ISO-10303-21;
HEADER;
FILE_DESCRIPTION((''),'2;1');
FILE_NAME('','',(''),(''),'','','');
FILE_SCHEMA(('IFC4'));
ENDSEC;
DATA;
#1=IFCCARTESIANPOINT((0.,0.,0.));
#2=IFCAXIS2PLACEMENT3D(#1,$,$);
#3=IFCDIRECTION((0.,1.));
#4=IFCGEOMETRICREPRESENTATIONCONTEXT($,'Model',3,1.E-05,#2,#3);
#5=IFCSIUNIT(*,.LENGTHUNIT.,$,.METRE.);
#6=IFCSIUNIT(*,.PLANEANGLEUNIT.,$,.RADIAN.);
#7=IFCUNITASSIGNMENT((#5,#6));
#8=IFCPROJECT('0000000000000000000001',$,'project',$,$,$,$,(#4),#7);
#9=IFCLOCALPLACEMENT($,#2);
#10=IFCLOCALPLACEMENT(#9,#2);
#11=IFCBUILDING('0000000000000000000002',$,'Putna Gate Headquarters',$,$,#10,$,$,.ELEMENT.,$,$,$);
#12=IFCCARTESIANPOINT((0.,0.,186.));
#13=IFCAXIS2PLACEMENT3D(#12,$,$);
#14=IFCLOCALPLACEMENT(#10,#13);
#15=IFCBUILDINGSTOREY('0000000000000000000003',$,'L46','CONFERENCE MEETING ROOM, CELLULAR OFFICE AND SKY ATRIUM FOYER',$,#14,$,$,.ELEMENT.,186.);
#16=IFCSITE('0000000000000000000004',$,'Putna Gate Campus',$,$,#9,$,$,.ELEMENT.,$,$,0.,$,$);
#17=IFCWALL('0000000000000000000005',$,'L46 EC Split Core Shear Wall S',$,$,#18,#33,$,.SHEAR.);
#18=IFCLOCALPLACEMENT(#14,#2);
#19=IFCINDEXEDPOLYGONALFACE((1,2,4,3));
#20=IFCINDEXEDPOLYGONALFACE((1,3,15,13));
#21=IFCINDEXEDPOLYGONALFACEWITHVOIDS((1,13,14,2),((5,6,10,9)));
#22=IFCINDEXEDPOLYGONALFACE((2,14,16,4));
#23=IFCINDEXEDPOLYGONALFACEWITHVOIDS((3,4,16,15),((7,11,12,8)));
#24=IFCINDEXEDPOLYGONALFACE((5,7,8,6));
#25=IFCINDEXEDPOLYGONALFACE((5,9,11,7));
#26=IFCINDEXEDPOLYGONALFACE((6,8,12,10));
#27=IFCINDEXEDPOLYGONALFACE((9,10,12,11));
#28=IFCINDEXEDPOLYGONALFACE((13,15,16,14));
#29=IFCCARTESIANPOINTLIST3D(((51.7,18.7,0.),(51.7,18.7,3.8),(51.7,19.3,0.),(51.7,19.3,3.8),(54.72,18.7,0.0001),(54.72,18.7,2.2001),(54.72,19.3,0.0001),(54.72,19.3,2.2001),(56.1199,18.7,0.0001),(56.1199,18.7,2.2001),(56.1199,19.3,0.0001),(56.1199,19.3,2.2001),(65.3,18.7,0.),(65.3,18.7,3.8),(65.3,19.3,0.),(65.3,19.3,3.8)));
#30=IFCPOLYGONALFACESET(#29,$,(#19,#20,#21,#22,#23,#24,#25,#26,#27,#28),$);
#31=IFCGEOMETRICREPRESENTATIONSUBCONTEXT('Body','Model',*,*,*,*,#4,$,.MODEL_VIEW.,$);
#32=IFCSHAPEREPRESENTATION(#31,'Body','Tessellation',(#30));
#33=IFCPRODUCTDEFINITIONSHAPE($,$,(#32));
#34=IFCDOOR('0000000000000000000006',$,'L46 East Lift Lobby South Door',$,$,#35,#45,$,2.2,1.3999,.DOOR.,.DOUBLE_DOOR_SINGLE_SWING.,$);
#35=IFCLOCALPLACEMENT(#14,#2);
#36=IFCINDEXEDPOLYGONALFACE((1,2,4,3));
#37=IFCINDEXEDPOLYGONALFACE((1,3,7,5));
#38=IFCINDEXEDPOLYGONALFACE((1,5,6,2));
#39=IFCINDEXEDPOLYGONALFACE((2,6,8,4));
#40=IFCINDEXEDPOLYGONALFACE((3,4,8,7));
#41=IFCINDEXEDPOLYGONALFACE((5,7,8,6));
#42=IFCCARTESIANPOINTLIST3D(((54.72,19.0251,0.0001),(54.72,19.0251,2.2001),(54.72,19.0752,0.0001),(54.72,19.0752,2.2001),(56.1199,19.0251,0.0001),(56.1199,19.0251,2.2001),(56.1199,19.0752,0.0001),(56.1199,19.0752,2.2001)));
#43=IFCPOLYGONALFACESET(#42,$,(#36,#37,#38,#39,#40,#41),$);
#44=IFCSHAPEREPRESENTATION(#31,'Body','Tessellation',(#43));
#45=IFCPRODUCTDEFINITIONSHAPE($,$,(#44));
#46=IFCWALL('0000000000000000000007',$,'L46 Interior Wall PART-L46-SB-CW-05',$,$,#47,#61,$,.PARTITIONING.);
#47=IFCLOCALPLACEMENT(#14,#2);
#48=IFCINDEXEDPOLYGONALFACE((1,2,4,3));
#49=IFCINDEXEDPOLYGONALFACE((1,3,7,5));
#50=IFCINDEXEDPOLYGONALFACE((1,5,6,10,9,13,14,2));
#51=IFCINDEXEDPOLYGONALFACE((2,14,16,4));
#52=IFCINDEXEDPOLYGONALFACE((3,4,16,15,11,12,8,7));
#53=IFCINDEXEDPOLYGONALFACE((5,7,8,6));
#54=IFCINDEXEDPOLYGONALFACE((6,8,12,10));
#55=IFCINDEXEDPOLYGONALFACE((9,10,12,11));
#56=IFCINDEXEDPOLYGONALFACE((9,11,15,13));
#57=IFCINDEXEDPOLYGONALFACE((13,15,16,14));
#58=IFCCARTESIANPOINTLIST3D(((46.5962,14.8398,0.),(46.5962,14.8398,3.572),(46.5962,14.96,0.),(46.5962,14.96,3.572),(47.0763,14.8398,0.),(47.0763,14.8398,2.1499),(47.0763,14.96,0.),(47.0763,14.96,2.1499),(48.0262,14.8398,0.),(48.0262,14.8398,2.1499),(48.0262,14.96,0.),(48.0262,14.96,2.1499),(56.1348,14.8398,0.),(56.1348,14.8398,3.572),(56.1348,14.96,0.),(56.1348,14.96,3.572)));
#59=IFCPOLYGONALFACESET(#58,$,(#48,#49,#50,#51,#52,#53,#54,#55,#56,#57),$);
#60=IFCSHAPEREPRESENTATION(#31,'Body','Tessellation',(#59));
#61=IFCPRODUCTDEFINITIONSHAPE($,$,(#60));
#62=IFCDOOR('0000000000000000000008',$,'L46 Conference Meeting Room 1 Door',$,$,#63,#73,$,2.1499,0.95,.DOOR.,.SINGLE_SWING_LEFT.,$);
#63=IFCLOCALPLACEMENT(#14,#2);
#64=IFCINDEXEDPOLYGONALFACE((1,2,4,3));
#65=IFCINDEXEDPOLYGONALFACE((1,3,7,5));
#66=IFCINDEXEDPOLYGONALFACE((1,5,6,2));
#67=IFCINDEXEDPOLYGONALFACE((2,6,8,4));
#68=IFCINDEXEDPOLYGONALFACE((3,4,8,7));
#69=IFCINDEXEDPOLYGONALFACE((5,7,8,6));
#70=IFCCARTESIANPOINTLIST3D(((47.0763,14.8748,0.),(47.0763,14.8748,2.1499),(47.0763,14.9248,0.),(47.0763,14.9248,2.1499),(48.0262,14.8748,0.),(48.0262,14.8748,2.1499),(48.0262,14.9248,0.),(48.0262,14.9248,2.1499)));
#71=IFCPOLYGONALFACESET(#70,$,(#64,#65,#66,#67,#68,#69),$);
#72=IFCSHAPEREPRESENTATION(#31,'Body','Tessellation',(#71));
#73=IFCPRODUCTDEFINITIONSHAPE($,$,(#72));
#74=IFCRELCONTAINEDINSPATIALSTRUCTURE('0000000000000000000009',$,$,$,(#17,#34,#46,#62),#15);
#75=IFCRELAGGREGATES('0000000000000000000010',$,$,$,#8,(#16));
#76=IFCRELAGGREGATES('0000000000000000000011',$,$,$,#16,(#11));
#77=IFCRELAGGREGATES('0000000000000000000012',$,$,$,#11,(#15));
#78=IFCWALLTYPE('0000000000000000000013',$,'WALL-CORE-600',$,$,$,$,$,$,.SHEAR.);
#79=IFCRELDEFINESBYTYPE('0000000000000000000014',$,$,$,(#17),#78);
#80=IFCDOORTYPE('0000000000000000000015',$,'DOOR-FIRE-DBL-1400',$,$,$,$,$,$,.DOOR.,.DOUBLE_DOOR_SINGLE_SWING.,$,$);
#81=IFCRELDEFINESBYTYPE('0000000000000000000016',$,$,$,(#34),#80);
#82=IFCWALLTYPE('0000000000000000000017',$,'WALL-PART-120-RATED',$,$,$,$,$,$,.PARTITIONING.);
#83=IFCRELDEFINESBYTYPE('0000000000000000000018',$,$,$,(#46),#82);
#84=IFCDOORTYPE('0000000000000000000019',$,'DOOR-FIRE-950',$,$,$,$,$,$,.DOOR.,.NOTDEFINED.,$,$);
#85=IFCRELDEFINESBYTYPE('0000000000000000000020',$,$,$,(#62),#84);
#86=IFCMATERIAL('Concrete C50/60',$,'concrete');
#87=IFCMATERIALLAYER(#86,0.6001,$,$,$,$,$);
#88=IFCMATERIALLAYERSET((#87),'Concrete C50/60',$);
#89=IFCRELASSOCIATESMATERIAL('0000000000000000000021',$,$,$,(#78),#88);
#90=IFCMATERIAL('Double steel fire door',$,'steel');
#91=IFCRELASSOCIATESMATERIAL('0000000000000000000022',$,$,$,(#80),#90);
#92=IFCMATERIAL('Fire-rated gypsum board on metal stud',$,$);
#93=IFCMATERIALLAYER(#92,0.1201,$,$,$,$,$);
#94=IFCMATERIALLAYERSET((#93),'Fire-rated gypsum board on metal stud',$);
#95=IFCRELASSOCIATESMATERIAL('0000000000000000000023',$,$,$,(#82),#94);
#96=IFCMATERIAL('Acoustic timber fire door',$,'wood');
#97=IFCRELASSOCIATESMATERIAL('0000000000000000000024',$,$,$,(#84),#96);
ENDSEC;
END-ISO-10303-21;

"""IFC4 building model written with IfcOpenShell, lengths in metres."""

from ifc_helpers import new_model, si_unit, direction, frame, frame_2d, origin, place, context, subcontext, project, spatial, rectangle, extrude, material, layer, layer_set, type_object, element, fill, save


model = new_model("IFC4")

# Units and contexts
model_context = context("Model", 3, precision=1e-05, world=origin(), true_north=direction((0.0, 1.0)))
body_context = subcontext(model_context, "Body", "Model", "MODEL_VIEW")
ifc_project = project(units=[si_unit("LENGTHUNIT", "METRE"), si_unit("PLANEANGLEUNIT", "RADIAN")], contexts=[model_context])

# Site, building, storey
site_placement = place(None, origin())
site = spatial("IfcSite", under=ifc_project, at=site_placement, Name="Putna Gate Campus", CompositionType="ELEMENT", RefElevation=0.0)
building_placement = place(site_placement, origin())
building = spatial("IfcBuilding", under=site, at=building_placement, Name="Putna Gate Headquarters", CompositionType="ELEMENT")
storey_placement = place(building_placement, frame((0.0, 0.0, 186.0)))
storey = spatial("IfcBuildingStorey", under=building, at=storey_placement, Name="L46", Description="CONFERENCE MEETING ROOM, CELLULAR OFFICE AND SKY ATRIUM FOYER", CompositionType="ELEMENT", Elevation=186.0)

# Shared definitions
ifc_material_1 = material(Name="Concrete C50/60", Category="concrete")

# Walls, openings, doors
ifc_layer_1 = layer(ifc_material_1, 0.6001)
ifc_layer_set_1 = layer_set([ifc_layer_1], Name="Concrete C50/60")
wall_type_1 = type_object("IfcWallType", Name="WALL-CORE-600", PredefinedType="SHEAR", material=ifc_layer_set_1)
wall_1_placement = place(storey_placement, frame((51.7, 19.0, 0.0), z_axis=(0.0, 0.0, 1.0), x_axis=(1.0, 0.0, 0.0)))
wall_1 = element("IfcWall", 1, at=wall_1_placement, inside=storey, type_object=wall_type_1, Name="L46 EC Split Core Shear Wall S", PredefinedType="SHEAR", context=body_context, shape_type="SweptSolid", body=[
    extrude(rectangle(XDim=13.6001, YDim=0.6001, at=frame_2d((6.8, 0.0))), origin(), (0.0, 0.0, 1.0), 3.8),
])
opening_1_placement = place(wall_1_placement, frame((3.02, 0.0, 0.0)))
opening_1 = element("IfcOpeningElement", 2, at=opening_1_placement, cuts=wall_1, PredefinedType="OPENING", context=body_context, shape_type="SweptSolid", body=[
    extrude(rectangle(XDim=1.3999, YDim=2.2, at=frame_2d((0.7, 1.1001))), frame((0.0, 0.3101, 0.0), z_axis=(0.0, -1.0, 0.0), x_axis=(1.0, 0.0, 0.0)), (0.0, 0.0, 1.0), 0.6201),
])
ifc_material_2 = material(Name="Double steel fire door", Category="steel")
door_type_1 = type_object("IfcDoorType", Name="DOOR-FIRE-DBL-1400", OperationType="DOUBLE_DOOR_SINGLE_SWING", PredefinedType="DOOR", material=ifc_material_2)
door_1_placement = place(opening_1_placement, origin())
door_1 = element("IfcDoor", 3, at=door_1_placement, inside=storey, type_object=door_type_1, Name="L46 East Lift Lobby South Door", OperationType="DOUBLE_DOOR_SINGLE_SWING", OverallHeight=2.2, OverallWidth=1.3999, PredefinedType="DOOR", context=body_context, shape_type="SweptSolid", body=[
    extrude(rectangle(XDim=1.3999, YDim=2.2, at=frame_2d((0.7, 1.1001))), frame((0.0, 0.0752, 0.0), z_axis=(0.0, -1.0, 0.0), x_axis=(1.0, 0.0, 0.0)), (0.0, 0.0, 1.0), 0.05),
])
fill(opening_1, door_1)
ifc_material_3 = material(Name="Fire-rated gypsum board on metal stud")
ifc_layer_2 = layer(ifc_material_3, 0.1201)
ifc_layer_set_2 = layer_set([ifc_layer_2], Name="Fire-rated gypsum board on metal stud")
wall_type_2 = type_object("IfcWallType", Name="WALL-PART-120-RATED", PredefinedType="PARTITIONING", material=ifc_layer_set_2)
wall_2_placement = place(storey_placement, frame((46.5962, 14.8999, 0.0), z_axis=(0.0, 0.0, 1.0), x_axis=(1.0, 0.0, 0.0)))
wall_2 = element("IfcWall", 4, at=wall_2_placement, inside=storey, type_object=wall_type_2, Name="L46 Interior Wall PART-L46-SB-CW-05", PredefinedType="PARTITIONING", context=body_context, shape_type="SweptSolid", body=[
    extrude(rectangle(XDim=9.5386, YDim=0.1201, at=frame_2d((4.7693, 0.0))), origin(), (0.0, 0.0, 1.0), 3.572),
])
opening_2_placement = place(wall_2_placement, frame((0.48, 0.0, 0.0)))
opening_2 = element("IfcOpeningElement", 5, at=opening_2_placement, cuts=wall_2, PredefinedType="OPENING", context=body_context, shape_type="SweptSolid", body=[
    extrude(rectangle(XDim=0.95, YDim=2.1499, at=frame_2d((0.4751, 1.075))), frame((0.0, 0.0701, 0.0), z_axis=(0.0, -1.0, 0.0), x_axis=(1.0, 0.0, 0.0)), (0.0, 0.0, 1.0), 0.1401),
])
ifc_material_4 = material(Name="Acoustic timber fire door", Category="wood")
door_type_2 = type_object("IfcDoorType", Name="DOOR-FIRE-950", OperationType="NOTDEFINED", PredefinedType="DOOR", material=ifc_material_4)
door_2_placement = place(opening_2_placement, origin())
door_2 = element("IfcDoor", 6, at=door_2_placement, inside=storey, type_object=door_type_2, Name="L46 Conference Meeting Room 1 Door", OperationType="SINGLE_SWING_LEFT", OverallHeight=2.1499, OverallWidth=0.95, PredefinedType="DOOR", context=body_context, shape_type="SweptSolid", body=[
    extrude(rectangle(XDim=0.95, YDim=2.1499, at=frame_2d((0.4751, 1.075))), frame((0.0, 0.0249, 0.0), z_axis=(0.0, -1.0, 0.0), x_axis=(1.0, 0.0, 0.0)), (0.0, 0.0, 1.0), 0.05),
])
fill(opening_2, door_2)

save(model, "model.ifc")
